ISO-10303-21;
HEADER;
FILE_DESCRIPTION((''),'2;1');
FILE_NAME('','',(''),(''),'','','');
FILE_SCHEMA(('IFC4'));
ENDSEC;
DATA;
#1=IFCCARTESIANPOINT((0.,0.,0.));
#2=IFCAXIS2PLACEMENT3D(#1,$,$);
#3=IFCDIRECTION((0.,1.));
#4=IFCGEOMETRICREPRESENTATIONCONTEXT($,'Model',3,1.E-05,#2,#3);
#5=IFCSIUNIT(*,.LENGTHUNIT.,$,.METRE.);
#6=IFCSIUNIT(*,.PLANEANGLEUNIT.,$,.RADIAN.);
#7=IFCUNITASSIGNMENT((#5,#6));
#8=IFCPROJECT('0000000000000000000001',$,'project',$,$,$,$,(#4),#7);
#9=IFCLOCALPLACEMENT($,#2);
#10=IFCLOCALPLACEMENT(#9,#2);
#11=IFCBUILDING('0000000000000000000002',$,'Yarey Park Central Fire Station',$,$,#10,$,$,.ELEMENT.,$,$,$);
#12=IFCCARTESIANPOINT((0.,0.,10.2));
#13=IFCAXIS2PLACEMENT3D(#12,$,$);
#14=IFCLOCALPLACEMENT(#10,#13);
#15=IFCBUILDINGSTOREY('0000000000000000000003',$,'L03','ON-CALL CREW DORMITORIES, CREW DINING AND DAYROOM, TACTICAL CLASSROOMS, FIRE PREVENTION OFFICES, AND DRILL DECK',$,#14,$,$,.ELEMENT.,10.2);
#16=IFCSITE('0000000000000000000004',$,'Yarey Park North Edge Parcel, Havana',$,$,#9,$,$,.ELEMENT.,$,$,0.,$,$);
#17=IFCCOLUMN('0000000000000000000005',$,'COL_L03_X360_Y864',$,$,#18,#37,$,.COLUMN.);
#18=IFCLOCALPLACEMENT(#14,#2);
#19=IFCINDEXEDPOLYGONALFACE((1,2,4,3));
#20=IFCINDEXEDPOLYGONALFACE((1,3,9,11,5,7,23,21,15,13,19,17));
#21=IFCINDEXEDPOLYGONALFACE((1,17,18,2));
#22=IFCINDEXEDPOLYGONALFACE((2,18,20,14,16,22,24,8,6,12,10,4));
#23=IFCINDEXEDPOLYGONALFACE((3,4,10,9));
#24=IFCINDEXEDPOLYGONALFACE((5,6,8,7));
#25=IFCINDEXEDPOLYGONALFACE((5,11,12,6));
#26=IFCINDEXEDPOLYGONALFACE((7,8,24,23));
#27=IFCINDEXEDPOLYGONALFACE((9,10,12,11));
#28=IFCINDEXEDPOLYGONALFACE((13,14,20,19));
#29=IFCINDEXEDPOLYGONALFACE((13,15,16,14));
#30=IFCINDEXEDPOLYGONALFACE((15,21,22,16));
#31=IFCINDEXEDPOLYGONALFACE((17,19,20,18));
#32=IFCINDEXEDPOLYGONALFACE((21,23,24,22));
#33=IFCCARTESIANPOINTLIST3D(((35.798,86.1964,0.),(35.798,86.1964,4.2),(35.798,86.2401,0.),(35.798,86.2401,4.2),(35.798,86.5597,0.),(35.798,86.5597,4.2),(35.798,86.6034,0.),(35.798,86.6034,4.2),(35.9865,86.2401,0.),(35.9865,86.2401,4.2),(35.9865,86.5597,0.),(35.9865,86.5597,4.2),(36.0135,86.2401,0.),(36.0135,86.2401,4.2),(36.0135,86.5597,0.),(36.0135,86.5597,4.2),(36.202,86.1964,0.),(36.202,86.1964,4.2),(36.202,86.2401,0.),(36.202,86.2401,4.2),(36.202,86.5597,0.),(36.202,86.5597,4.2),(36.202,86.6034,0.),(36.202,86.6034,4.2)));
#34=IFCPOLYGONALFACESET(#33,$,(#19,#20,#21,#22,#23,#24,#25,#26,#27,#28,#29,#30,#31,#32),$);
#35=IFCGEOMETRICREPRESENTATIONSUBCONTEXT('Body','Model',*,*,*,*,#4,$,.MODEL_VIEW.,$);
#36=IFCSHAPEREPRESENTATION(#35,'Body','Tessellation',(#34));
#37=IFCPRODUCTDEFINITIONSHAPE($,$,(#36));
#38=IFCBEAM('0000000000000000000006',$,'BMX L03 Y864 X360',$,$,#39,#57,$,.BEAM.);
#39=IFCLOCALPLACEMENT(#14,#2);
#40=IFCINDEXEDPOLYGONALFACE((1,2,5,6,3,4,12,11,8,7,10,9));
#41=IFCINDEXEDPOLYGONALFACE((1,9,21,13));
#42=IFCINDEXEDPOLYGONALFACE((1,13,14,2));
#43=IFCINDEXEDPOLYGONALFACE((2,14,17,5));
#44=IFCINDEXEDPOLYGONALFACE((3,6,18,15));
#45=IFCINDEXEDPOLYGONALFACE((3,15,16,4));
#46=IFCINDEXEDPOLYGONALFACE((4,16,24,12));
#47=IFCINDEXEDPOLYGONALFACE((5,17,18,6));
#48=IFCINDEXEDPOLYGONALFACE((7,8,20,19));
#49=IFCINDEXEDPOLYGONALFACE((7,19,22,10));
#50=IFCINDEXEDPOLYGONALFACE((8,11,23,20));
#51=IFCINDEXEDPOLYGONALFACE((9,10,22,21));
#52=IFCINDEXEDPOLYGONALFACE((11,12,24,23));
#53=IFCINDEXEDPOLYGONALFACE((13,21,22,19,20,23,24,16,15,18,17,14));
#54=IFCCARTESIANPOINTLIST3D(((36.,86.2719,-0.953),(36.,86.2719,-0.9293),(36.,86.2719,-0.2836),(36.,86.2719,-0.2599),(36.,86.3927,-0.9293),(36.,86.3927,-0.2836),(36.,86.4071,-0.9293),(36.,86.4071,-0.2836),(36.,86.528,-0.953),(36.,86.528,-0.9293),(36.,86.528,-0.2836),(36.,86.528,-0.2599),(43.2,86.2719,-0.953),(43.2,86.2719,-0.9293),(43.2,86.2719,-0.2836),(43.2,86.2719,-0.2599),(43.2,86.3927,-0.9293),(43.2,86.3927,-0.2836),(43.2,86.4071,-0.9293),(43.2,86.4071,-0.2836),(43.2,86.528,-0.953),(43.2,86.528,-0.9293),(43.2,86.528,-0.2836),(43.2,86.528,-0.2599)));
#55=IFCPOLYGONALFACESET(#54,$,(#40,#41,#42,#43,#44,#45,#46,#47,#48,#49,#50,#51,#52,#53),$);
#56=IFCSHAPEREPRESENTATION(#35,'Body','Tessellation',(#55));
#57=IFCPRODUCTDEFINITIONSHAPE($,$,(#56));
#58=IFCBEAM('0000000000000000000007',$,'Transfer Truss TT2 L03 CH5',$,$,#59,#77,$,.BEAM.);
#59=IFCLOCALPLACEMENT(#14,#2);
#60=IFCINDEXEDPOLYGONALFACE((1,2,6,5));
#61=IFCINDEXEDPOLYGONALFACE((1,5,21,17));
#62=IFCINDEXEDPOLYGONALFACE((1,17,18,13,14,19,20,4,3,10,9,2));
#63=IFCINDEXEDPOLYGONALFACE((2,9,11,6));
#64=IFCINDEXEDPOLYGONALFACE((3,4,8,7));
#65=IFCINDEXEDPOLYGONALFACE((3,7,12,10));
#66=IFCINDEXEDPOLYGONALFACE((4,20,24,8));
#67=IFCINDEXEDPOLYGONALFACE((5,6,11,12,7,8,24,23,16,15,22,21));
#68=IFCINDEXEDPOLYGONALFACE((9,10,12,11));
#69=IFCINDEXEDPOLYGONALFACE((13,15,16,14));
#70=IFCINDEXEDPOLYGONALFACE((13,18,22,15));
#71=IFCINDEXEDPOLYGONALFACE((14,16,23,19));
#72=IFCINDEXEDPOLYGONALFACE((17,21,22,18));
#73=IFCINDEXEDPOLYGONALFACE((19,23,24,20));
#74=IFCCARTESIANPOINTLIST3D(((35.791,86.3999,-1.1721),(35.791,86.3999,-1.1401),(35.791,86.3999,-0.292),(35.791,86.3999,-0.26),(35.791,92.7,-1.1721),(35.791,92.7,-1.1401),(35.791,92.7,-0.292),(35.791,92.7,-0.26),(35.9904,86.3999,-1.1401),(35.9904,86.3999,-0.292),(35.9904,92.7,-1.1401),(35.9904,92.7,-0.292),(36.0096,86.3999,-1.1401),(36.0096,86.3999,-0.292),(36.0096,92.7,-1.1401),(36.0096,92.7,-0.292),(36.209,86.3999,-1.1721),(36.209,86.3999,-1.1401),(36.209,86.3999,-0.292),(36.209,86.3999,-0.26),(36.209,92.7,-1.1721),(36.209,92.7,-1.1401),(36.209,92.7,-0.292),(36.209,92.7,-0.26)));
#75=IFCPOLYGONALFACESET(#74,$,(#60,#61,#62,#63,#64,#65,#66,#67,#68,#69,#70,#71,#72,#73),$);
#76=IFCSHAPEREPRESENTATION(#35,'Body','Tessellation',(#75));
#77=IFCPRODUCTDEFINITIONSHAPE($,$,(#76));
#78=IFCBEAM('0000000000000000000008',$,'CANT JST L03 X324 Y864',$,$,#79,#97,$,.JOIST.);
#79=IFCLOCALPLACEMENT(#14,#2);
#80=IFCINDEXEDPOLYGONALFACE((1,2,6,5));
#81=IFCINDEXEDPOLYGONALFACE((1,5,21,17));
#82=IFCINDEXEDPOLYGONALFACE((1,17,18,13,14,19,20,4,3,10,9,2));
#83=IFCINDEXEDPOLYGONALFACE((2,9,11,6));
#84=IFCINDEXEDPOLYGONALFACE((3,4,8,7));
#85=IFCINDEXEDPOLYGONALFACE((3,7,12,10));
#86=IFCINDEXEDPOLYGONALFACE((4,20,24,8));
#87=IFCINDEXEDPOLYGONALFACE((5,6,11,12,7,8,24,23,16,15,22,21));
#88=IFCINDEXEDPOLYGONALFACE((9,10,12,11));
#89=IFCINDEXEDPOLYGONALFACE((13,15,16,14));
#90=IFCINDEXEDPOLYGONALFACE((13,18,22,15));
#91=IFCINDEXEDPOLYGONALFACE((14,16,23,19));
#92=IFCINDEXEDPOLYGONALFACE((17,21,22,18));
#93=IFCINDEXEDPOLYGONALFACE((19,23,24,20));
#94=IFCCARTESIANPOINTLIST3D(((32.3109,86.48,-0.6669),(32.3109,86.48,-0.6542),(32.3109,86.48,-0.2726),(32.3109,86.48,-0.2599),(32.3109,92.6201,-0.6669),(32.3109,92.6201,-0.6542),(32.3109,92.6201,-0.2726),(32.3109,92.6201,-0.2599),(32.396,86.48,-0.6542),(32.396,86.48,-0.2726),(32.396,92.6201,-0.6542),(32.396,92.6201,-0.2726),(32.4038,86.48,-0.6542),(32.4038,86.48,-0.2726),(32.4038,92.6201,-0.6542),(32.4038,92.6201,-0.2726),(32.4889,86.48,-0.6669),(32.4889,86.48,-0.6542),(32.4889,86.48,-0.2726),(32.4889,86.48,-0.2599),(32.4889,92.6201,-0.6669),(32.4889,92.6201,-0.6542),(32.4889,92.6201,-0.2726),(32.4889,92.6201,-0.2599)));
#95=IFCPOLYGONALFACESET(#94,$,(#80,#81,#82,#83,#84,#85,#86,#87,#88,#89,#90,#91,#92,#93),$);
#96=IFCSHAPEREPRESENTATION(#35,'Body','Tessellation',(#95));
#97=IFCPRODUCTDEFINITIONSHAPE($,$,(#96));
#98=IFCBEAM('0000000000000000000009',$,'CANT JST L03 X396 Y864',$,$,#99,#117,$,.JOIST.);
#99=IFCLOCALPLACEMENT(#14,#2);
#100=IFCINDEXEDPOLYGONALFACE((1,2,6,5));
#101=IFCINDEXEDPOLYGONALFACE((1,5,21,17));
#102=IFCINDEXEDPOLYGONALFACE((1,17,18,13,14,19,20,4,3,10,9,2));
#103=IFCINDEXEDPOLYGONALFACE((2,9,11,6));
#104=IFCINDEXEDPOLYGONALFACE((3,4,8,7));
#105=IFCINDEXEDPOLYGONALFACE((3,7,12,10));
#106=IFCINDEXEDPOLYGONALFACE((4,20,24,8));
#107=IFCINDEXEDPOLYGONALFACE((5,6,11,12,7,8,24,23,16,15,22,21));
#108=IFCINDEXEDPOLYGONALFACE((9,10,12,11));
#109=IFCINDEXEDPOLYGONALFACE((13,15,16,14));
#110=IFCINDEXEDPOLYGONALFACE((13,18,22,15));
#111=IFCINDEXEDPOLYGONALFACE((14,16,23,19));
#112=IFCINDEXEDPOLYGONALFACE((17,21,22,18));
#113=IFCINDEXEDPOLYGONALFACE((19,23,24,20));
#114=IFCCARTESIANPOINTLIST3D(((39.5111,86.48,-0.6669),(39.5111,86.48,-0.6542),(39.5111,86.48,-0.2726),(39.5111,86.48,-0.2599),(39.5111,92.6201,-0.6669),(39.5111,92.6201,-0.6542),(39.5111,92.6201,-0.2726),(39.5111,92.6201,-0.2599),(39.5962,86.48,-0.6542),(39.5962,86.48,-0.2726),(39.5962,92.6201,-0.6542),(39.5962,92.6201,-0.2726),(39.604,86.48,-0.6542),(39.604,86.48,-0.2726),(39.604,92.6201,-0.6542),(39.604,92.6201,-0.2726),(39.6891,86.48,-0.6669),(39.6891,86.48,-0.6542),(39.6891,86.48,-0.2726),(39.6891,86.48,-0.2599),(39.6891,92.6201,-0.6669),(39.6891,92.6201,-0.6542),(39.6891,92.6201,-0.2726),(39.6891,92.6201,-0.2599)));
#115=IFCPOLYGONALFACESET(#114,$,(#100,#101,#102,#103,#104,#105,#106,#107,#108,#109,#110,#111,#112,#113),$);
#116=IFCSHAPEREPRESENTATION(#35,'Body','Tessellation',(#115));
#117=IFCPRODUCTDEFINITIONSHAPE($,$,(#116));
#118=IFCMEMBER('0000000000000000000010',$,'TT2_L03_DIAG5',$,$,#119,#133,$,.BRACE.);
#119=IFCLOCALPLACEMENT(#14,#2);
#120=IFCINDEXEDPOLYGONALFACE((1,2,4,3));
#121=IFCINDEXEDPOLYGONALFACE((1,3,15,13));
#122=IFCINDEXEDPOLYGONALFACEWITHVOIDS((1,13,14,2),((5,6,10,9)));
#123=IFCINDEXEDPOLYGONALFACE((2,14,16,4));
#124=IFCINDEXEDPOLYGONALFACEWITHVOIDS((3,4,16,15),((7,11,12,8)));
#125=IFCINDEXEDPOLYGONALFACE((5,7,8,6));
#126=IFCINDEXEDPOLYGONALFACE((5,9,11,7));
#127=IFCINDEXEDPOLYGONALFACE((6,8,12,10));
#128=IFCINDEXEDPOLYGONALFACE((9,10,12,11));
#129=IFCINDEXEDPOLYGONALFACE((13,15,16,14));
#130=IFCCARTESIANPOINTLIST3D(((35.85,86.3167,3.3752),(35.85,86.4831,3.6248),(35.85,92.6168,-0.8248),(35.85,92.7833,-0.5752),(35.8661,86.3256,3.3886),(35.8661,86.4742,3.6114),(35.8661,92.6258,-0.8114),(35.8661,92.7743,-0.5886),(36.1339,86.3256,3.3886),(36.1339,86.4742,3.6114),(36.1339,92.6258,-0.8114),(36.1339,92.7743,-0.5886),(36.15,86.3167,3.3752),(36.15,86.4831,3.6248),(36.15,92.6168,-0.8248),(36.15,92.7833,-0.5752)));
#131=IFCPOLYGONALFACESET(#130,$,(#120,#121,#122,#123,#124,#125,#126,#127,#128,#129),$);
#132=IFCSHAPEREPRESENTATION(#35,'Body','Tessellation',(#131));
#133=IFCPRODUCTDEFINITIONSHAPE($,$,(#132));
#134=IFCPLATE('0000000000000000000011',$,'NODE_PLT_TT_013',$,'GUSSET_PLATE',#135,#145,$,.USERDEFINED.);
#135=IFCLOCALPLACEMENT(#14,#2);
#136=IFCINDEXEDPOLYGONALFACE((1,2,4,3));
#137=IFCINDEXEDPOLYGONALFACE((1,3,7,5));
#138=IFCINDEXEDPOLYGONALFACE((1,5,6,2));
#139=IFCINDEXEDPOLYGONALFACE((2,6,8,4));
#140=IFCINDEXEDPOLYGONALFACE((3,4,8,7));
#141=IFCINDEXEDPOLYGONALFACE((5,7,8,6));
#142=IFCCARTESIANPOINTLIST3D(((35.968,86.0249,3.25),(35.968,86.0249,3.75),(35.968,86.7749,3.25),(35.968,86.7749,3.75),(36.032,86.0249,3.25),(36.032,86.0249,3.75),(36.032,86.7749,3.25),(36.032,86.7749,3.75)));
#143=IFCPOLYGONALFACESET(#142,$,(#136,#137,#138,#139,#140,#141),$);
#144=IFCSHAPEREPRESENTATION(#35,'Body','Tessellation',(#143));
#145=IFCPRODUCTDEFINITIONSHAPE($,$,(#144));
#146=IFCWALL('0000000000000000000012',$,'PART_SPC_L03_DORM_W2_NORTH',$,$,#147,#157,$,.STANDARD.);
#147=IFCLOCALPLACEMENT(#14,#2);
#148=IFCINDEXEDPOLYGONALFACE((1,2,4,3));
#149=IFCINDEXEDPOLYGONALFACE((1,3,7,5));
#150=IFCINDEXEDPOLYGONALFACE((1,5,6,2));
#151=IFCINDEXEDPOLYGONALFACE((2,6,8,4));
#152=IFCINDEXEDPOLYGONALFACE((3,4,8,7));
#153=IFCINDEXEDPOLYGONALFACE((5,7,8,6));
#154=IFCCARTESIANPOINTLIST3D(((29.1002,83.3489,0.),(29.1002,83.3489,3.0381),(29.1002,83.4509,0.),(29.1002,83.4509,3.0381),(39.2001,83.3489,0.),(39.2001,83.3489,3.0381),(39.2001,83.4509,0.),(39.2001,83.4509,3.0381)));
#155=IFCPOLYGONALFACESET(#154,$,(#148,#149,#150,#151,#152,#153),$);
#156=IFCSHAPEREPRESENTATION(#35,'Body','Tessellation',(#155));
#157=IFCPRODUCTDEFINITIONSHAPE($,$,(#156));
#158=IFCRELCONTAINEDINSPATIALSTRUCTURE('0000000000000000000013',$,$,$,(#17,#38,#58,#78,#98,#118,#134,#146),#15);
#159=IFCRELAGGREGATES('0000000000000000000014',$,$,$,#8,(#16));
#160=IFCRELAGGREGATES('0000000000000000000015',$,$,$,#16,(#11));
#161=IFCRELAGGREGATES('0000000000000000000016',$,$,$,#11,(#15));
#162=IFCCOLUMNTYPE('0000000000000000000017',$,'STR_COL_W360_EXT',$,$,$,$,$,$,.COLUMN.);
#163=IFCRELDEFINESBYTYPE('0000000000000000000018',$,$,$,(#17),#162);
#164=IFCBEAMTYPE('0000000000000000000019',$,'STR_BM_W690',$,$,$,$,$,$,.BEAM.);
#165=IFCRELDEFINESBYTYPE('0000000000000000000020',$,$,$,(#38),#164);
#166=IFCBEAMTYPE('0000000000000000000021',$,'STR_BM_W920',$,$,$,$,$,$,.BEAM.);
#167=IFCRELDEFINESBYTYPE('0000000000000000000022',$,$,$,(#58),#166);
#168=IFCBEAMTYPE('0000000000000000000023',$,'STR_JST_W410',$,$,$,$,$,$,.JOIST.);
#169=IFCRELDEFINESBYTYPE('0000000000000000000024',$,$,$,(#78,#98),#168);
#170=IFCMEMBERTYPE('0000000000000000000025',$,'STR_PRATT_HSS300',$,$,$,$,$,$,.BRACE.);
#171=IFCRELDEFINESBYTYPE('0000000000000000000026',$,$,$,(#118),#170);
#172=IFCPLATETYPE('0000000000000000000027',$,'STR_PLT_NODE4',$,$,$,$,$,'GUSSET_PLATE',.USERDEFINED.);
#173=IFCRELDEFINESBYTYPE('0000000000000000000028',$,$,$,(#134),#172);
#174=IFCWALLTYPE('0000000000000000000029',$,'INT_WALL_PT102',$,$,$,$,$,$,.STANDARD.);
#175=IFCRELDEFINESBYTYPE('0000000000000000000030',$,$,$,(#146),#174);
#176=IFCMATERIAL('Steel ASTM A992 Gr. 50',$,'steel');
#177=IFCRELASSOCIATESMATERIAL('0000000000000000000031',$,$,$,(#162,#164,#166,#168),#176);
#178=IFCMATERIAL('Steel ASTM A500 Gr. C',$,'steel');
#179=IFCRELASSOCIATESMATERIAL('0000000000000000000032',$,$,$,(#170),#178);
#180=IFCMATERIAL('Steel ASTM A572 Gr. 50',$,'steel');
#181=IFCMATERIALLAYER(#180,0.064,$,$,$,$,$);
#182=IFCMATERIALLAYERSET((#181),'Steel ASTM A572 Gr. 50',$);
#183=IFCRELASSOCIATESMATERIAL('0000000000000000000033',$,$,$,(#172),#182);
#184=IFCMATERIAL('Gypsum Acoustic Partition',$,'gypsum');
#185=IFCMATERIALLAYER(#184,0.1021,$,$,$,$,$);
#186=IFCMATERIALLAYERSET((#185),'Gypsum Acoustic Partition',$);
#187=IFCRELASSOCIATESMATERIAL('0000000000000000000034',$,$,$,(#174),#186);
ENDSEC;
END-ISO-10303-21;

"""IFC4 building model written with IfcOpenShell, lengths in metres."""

from ifc_helpers import new_model, si_unit, direction, frame, frame_2d, origin, origin_2d, place, context, subcontext, project, spatial, rectangle, hollow_rectangle, i_section, extrude, material, layer, layer_set, material_profile, profile_set, type_object, element, save


model = new_model("IFC4")

# Units and contexts
model_context = context("Model", 3, precision=1e-05, world=origin(), true_north=direction((0.0, 1.0)))
body_context = subcontext(model_context, "Body", "Model", "MODEL_VIEW")
ifc_project = project(units=[si_unit("LENGTHUNIT", "METRE"), si_unit("PLANEANGLEUNIT", "RADIAN")], contexts=[model_context])

# Site, building, storey
site_placement = place(None, origin())
site = spatial("IfcSite", under=ifc_project, at=site_placement, Name="Yarey Park North Edge Parcel, Havana", CompositionType="ELEMENT", RefElevation=0.0)
building_placement = place(site_placement, origin())
building = spatial("IfcBuilding", under=site, at=building_placement, Name="Yarey Park Central Fire Station", CompositionType="ELEMENT")
storey_placement = place(building_placement, frame((0.0, 0.0, 10.2)))
storey = spatial("IfcBuildingStorey", under=building, at=storey_placement, Name="L03", Description="ON-CALL CREW DORMITORIES, CREW DINING AND DAYROOM, TACTICAL CLASSROOMS, FIRE PREVENTION OFFICES, AND DRILL DECK", CompositionType="ELEMENT", Elevation=10.2)

# Column
ifc_material_1 = material(Name="Steel ASTM A992 Gr. 50", Category="steel")
ifc_material_profile_1 = material_profile(ifc_material_1, i_section(OverallWidth=0.4041, OverallDepth=0.407, WebThickness=0.0271, FlangeThickness=0.0437, at=origin_2d()), Name="W360x347")
ifc_profile_set_1 = profile_set([ifc_material_profile_1], Name="Steel ASTM A992 Gr. 50")
column_type = type_object("IfcColumnType", Name="STR_COL_W360_EXT", PredefinedType="COLUMN", material=ifc_profile_set_1)
column_placement = place(storey_placement, frame((36.0, 86.3999, 0.0), z_axis=(0.0, 0.0, 1.0), x_axis=(1.0, 0.0, 0.0)))
element("IfcColumn", 1, at=column_placement, inside=storey, type_object=column_type, Name="COL_L03_X360_Y864", PredefinedType="COLUMN", context=body_context, shape_type="SweptSolid", body=[
    extrude(i_section(OverallWidth=0.4041, OverallDepth=0.407, WebThickness=0.0271, FlangeThickness=0.0437, at=origin_2d()), origin(), (0.0, 0.0, 1.0), 4.2),
])

# Beams
ifc_material_profile_2 = material_profile(ifc_material_1, i_section(OverallWidth=0.2561, OverallDepth=0.6931, WebThickness=0.0144, FlangeThickness=0.0237, at=origin_2d()), Name="W690x170")
ifc_profile_set_2 = profile_set([ifc_material_profile_2], Name="Steel ASTM A992 Gr. 50")
beam_type_1 = type_object("IfcBeamType", Name="STR_BM_W690", PredefinedType="BEAM", material=ifc_profile_set_2)
beam_1_placement = place(storey_placement, frame((36.0, 86.3999, -0.6064), z_axis=(1.0, 0.0, 0.0), x_axis=(0.0, 1.0, 0.0)))
element("IfcBeam", 2, at=beam_1_placement, inside=storey, type_object=beam_type_1, Name="BMX L03 Y864 X360", PredefinedType="BEAM", context=body_context, shape_type="SweptSolid", body=[
    extrude(i_section(OverallWidth=0.2561, OverallDepth=0.6931, WebThickness=0.0144, FlangeThickness=0.0237, at=origin_2d()), origin(), (0.0, 0.0, 1.0), 7.2),
])
ifc_material_profile_3 = material_profile(ifc_material_1, i_section(OverallWidth=0.418, OverallDepth=0.9121, WebThickness=0.0193, FlangeThickness=0.032, at=origin_2d()), Name="W920x342")
ifc_profile_set_3 = profile_set([ifc_material_profile_3], Name="Steel ASTM A992 Gr. 50")
beam_type_2 = type_object("IfcBeamType", Name="STR_BM_W920", PredefinedType="BEAM", material=ifc_profile_set_3)
beam_2_placement = place(storey_placement, frame((36.0, 86.3999, -0.7161), z_axis=(0.0, 1.0, 0.0), x_axis=(-1.0, 0.0, 0.0)))
element("IfcBeam", 3, at=beam_2_placement, inside=storey, type_object=beam_type_2, Name="Transfer Truss TT2 L03 CH5", PredefinedType="BEAM", context=body_context, shape_type="SweptSolid", body=[
    extrude(i_section(OverallWidth=0.418, OverallDepth=0.9121, WebThickness=0.0193, FlangeThickness=0.032, at=origin_2d()), origin(), (0.0, 0.0, 1.0), 6.3),
])
ifc_material_profile_4 = material_profile(ifc_material_1, i_section(OverallWidth=0.178, OverallDepth=0.407, WebThickness=0.0078, FlangeThickness=0.0127, at=origin_2d()), Name="W410x60")
ifc_profile_set_4 = profile_set([ifc_material_profile_4], Name="Steel ASTM A992 Gr. 50")
beam_type_3 = type_object("IfcBeamType", Name="STR_JST_W410", PredefinedType="JOIST", material=ifc_profile_set_4)
for number, where, z_axis, x_axis, name in (
    (4, (32.3999, 86.48, -0.4634), (0.0, 1.0, 0.0), (-1.0, 0.0, 0.0), "CANT JST L03 X324 Y864"),
    (5, (39.6001, 86.48, -0.4634), (0.0, 1.0, 0.0), (-1.0, 0.0, 0.0), "CANT JST L03 X396 Y864"),
):
    element("IfcBeam", number, at=place(storey_placement, frame(where, z_axis=z_axis, x_axis=x_axis)), inside=storey, type_object=beam_type_3, Name=name, PredefinedType="JOIST", context=body_context, shape_type="SweptSolid", body=[
        extrude(i_section(OverallWidth=0.178, OverallDepth=0.407, WebThickness=0.0078, FlangeThickness=0.0127, at=origin_2d()), origin(), (0.0, 0.0, 1.0), 6.1401),
    ])

# Member
ifc_material_2 = material(Name="Steel ASTM A500 Gr. C", Category="steel")
ifc_material_profile_5 = material_profile(ifc_material_2, hollow_rectangle(XDim=0.3, YDim=0.3, WallThickness=0.0161, at=origin_2d()), Name="HSS 300x300x16")
ifc_profile_set_5 = profile_set([ifc_material_profile_5], Name="Steel ASTM A500 Gr. C")
member_type = type_object("IfcMemberType", Name="STR_PRATT_HSS300", PredefinedType="BRACE", material=ifc_profile_set_5)
member_placement = place(storey_placement, frame((36.0, 86.3999, 3.5), z_axis=(0.0, 0.832055, -0.554693), x_axis=(-1.0, 0.0, 0.0)))
element("IfcMember", 6, at=member_placement, inside=storey, type_object=member_type, Name="TT2_L03_DIAG5", PredefinedType="BRACE", context=body_context, shape_type="SweptSolid", body=[
    extrude(hollow_rectangle(XDim=0.3, YDim=0.3, WallThickness=0.0161, at=origin_2d()), origin(), (0.0, 0.0, 1.0), 7.5718),
])

# Plate
ifc_material_3 = material(Name="Steel ASTM A572 Gr. 50", Category="steel")
ifc_layer_1 = layer(ifc_material_3, 0.064)
ifc_layer_set_1 = layer_set([ifc_layer_1], Name="Steel ASTM A572 Gr. 50")
plate_type = type_object("IfcPlateType", Name="STR_PLT_NODE4", ElementType="GUSSET_PLATE", PredefinedType="USERDEFINED", material=ifc_layer_set_1)
plate_placement = place(storey_placement, frame((36.0, 86.3999, 3.25), z_axis=(0.0, 0.0, 1.0), x_axis=(1.0, 0.0, 0.0)))
element("IfcPlate", 7, at=plate_placement, inside=storey, type_object=plate_type, Name="NODE_PLT_TT_013", ObjectType="GUSSET_PLATE", PredefinedType="USERDEFINED", context=body_context, shape_type="SweptSolid", body=[
    extrude(rectangle(XDim=0.064, YDim=0.75, at=origin_2d()), origin(), (0.0, 0.0, 1.0), 0.5),
])

# Wall
ifc_material_4 = material(Name="Gypsum Acoustic Partition", Category="gypsum")
ifc_layer_2 = layer(ifc_material_4, 0.1021)
ifc_layer_set_2 = layer_set([ifc_layer_2], Name="Gypsum Acoustic Partition")
wall_type_1 = type_object("IfcWallType", Name="INT_WALL_PT102", PredefinedType="STANDARD", material=ifc_layer_set_2)
wall_1_placement = place(storey_placement, frame((39.2, 83.3999, 0.0), z_axis=(0.0, 0.0, 1.0), x_axis=(-1.0, 0.0, 0.0)))
element("IfcWall", 8, at=wall_1_placement, inside=storey, type_object=wall_type_1, Name="PART_SPC_L03_DORM_W2_NORTH", PredefinedType="STANDARD", context=body_context, shape_type="SweptSolid", body=[
    extrude(rectangle(XDim=10.0999, YDim=0.1021, at=frame_2d((5.0498, 0.0))), origin(), (0.0, 0.0, 1.0), 3.0381),
])

save(model, "model.ifc")
